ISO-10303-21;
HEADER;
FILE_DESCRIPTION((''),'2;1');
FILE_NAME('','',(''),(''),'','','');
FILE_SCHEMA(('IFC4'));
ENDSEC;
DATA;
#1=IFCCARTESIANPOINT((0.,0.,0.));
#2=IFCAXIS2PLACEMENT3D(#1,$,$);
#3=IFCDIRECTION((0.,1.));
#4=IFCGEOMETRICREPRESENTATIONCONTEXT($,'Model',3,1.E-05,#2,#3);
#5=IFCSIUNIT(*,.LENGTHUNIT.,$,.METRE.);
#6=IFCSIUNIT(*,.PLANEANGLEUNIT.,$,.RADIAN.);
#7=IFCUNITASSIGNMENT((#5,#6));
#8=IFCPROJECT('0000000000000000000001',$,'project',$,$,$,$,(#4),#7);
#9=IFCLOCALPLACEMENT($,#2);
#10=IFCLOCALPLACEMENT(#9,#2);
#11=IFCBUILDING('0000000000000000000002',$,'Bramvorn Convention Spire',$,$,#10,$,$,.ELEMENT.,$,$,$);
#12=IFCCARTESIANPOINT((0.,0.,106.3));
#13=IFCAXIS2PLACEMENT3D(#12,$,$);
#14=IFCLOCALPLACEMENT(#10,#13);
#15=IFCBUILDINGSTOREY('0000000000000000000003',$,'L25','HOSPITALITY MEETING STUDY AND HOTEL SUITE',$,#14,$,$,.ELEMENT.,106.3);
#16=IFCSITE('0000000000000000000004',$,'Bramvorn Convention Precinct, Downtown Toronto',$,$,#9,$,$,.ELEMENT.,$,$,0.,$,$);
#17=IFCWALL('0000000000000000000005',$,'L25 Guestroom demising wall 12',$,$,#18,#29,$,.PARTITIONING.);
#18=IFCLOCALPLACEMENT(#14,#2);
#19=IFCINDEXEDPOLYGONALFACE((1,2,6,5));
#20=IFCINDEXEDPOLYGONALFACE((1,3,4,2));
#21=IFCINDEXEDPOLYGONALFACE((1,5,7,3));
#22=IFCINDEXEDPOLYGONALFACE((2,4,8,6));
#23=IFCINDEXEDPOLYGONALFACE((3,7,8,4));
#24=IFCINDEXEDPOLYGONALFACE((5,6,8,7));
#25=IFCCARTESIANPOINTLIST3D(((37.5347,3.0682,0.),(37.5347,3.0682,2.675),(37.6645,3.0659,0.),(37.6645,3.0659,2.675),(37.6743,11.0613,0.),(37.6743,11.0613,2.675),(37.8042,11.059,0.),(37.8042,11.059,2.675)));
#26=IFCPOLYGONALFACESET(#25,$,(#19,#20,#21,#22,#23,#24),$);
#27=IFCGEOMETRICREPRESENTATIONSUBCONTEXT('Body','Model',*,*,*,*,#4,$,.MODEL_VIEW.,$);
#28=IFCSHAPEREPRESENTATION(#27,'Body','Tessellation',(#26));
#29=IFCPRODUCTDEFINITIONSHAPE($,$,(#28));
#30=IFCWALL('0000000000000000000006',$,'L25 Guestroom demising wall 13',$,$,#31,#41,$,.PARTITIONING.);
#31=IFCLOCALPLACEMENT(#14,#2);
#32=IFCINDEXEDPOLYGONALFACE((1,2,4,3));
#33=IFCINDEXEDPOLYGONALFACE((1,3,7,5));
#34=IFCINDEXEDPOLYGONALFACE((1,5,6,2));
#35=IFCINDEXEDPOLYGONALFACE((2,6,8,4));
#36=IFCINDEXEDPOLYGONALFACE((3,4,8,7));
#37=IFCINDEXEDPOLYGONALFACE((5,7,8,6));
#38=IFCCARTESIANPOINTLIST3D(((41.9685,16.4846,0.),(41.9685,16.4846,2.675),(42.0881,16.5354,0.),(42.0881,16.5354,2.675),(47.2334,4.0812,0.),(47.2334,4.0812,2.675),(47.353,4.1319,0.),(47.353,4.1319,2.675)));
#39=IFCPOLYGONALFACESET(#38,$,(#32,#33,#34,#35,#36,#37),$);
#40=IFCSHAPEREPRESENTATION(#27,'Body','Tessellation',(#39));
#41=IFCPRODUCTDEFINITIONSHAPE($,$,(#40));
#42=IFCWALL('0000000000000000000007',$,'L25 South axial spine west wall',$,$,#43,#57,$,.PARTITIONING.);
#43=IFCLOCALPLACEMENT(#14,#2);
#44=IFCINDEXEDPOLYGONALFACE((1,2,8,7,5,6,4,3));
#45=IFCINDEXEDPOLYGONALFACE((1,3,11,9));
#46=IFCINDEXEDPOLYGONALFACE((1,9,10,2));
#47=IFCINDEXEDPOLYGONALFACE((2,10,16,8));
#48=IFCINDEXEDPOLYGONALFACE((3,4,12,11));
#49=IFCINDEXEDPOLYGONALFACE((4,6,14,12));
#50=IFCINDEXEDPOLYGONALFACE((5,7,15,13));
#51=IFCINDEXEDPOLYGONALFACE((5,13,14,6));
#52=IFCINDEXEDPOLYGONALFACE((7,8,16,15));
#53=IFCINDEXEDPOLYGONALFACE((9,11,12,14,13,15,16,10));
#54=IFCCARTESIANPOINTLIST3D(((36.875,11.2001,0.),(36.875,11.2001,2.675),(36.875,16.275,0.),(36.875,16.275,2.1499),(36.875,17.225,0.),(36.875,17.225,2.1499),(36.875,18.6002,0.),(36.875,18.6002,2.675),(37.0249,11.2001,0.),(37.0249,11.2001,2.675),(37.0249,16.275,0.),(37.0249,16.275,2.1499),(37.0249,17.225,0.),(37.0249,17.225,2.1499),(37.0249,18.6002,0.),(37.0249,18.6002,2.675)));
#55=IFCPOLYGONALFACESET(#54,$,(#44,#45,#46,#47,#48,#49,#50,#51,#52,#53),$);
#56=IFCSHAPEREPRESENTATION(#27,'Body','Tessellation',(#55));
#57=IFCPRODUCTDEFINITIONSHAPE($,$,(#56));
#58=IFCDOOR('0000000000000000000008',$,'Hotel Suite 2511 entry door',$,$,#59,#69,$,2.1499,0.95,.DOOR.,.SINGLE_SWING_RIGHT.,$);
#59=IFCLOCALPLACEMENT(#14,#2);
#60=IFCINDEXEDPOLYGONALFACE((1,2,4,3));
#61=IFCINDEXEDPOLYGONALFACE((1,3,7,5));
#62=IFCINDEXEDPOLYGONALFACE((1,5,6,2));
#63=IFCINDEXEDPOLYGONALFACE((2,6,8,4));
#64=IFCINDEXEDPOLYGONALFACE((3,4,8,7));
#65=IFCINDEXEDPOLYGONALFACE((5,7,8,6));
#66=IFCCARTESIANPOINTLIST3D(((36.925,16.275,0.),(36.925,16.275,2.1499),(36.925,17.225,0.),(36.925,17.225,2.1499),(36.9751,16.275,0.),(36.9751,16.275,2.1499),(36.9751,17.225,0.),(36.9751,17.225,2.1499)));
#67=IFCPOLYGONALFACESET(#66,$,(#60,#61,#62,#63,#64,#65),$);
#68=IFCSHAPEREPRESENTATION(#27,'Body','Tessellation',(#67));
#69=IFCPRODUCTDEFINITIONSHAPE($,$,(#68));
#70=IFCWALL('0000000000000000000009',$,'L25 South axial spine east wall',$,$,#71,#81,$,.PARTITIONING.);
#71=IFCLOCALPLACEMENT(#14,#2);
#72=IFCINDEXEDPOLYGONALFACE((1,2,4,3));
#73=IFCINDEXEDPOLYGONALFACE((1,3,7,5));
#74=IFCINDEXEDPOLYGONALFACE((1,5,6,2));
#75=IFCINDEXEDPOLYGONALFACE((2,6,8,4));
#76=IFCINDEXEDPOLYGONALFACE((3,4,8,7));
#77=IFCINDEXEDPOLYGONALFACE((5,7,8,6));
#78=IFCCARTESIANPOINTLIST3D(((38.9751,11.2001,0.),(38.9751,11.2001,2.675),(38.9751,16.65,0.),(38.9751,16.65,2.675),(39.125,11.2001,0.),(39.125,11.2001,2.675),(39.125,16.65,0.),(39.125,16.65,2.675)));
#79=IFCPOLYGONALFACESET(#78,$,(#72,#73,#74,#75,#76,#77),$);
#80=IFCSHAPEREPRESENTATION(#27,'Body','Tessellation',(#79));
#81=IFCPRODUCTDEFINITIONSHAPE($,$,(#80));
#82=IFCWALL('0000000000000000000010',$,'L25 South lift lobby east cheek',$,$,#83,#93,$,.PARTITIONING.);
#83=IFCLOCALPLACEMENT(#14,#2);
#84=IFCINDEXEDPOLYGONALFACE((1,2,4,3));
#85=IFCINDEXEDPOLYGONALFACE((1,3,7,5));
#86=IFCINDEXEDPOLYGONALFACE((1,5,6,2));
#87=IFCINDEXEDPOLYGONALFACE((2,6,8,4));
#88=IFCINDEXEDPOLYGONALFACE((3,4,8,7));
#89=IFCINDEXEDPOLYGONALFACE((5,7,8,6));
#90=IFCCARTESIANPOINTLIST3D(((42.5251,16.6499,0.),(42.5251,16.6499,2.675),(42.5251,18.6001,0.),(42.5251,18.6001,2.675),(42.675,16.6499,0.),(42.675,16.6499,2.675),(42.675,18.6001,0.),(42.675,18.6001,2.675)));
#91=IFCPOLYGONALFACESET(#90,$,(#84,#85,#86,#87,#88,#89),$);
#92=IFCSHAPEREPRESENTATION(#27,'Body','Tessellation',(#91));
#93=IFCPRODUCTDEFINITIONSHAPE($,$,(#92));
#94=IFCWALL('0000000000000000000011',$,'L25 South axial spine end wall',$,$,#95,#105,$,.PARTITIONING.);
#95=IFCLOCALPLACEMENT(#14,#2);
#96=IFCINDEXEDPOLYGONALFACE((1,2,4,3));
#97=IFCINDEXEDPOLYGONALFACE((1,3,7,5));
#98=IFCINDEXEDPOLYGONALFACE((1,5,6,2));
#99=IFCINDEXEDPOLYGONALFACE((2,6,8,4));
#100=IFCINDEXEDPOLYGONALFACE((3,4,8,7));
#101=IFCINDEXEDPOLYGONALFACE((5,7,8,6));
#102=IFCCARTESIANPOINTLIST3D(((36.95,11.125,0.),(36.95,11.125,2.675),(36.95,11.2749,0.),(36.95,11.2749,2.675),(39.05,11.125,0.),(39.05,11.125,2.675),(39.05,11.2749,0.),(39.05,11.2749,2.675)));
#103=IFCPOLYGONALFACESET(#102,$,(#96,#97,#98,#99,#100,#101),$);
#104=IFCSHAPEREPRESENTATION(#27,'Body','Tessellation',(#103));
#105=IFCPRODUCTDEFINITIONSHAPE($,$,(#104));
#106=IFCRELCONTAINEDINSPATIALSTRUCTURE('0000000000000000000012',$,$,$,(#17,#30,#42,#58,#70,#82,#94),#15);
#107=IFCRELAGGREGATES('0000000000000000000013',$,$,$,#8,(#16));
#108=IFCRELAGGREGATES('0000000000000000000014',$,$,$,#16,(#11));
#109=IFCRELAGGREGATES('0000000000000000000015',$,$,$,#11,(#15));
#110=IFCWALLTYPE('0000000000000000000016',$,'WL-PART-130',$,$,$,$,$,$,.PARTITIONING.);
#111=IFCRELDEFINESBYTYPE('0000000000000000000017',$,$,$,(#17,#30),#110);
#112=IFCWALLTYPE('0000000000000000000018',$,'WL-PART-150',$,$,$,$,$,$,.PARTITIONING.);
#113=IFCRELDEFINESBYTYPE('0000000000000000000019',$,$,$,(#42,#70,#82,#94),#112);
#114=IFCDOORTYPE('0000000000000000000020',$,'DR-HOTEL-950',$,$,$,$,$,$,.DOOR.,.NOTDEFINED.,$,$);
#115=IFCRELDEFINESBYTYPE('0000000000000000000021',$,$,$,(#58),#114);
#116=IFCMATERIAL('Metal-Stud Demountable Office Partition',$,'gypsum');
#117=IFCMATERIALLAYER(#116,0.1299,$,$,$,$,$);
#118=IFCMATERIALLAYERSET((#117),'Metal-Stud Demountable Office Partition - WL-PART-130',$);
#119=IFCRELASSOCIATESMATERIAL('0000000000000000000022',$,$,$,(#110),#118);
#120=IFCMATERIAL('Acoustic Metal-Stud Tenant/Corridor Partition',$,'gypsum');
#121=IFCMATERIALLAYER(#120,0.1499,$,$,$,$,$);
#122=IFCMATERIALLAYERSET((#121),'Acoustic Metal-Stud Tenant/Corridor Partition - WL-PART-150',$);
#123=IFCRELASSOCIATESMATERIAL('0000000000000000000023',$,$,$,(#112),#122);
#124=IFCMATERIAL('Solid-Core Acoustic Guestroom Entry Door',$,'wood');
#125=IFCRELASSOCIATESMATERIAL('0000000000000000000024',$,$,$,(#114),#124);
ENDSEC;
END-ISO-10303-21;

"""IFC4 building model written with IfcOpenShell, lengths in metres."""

from ifc_helpers import new_model, si_unit, direction, frame, frame_2d, origin, place, context, subcontext, project, spatial, rectangle, extrude, material, layer, layer_set, type_object, element, fill, save


model = new_model("IFC4")

# Units and contexts
model_context = context("Model", 3, precision=1e-05, world=origin(), true_north=direction((0.0, 1.0)))
body_context = subcontext(model_context, "Body", "Model", "MODEL_VIEW")
ifc_project = project(units=[si_unit("LENGTHUNIT", "METRE"), si_unit("PLANEANGLEUNIT", "RADIAN")], contexts=[model_context])

# Site, building, storey
site_placement = place(None, origin())
site = spatial("IfcSite", under=ifc_project, at=site_placement, Name="Bramvorn Convention Precinct, Downtown Toronto", CompositionType="ELEMENT", RefElevation=0.0)
building_placement = place(site_placement, origin())
building = spatial("IfcBuilding", under=site, at=building_placement, Name="Bramvorn Convention Spire", CompositionType="ELEMENT")
storey_placement = place(building_placement, frame((0.0, 0.0, 106.3)))
storey = spatial("IfcBuildingStorey", under=building, at=storey_placement, Name="L25", Description="HOSPITALITY MEETING STUDY AND HOTEL SUITE", CompositionType="ELEMENT", Elevation=106.3)

# Walls
ifc_material_1 = material(Name="Metal-Stud Demountable Office Partition", Category="gypsum")
ifc_layer_1 = layer(ifc_material_1, 0.1299)
ifc_layer_set_1 = layer_set([ifc_layer_1], Name="Metal-Stud Demountable Office Partition - WL-PART-130")
wall_type_1 = type_object("IfcWallType", Name="WL-PART-130", PredefinedType="PARTITIONING", material=ifc_layer_set_1)
wall_1_placement = place(storey_placement, frame((37.7393, 11.0601, 0.0), z_axis=(0.0, 0.0, 1.0), x_axis=(-0.017468, -0.999847, 0.0)))
element("IfcWall", 1, at=wall_1_placement, inside=storey, type_object=wall_type_1, Name="L25 Guestroom demising wall 12", PredefinedType="PARTITIONING", context=body_context, shape_type="SweptSolid", body=[
    extrude(rectangle(XDim=7.9944, YDim=0.1299, at=frame_2d((3.9971, 0.0))), origin(), (0.0, 0.0, 1.0), 2.675),
])
wall_2_placement = place(storey_placement, frame((42.0283, 16.51, 0.0), z_axis=(0.0, 0.0, 1.0), x_axis=(0.390724, -0.920508, 0.0)))
element("IfcWall", 2, at=wall_2_placement, inside=storey, type_object=wall_type_1, Name="L25 Guestroom demising wall 13", PredefinedType="PARTITIONING", context=body_context, shape_type="SweptSolid", body=[
    extrude(rectangle(XDim=13.4746, YDim=0.1299, at=frame_2d((6.7373, 0.0))), origin(), (0.0, 0.0, 1.0), 2.675),
])

# Wall, opening, door
ifc_material_2 = material(Name="Acoustic Metal-Stud Tenant/Corridor Partition", Category="gypsum")
ifc_layer_2 = layer(ifc_material_2, 0.1499)
ifc_layer_set_2 = layer_set([ifc_layer_2], Name="Acoustic Metal-Stud Tenant/Corridor Partition - WL-PART-150")
wall_type_2 = type_object("IfcWallType", Name="WL-PART-150", PredefinedType="PARTITIONING", material=ifc_layer_set_2)
wall_3_placement = place(storey_placement, frame((36.95, 11.2, 0.0), z_axis=(0.0, 0.0, 1.0), x_axis=(0.0, 1.0, 0.0)))
wall_3 = element("IfcWall", 3, at=wall_3_placement, inside=storey, type_object=wall_type_2, Name="L25 South axial spine west wall", PredefinedType="PARTITIONING", context=body_context, shape_type="SweptSolid", body=[
    extrude(rectangle(XDim=7.4001, YDim=0.1499, at=frame_2d((3.7002, 0.0))), origin(), (0.0, 0.0, 1.0), 2.675),
])
opening_1_placement = place(wall_3_placement, frame((5.075, 0.0, 0.0)))
opening_1 = element("IfcOpeningElement", 4, at=opening_1_placement, cuts=wall_3, PredefinedType="OPENING", context=body_context, shape_type="SweptSolid", body=[
    extrude(rectangle(XDim=0.95, YDim=2.1499, at=frame_2d((0.4751, 1.075))), frame((0.0, 0.085, 0.0), z_axis=(0.0, -1.0, 0.0), x_axis=(1.0, 0.0, 0.0)), (0.0, 0.0, 1.0), 0.1699),
])
ifc_material_3 = material(Name="Solid-Core Acoustic Guestroom Entry Door", Category="wood")
door_type_1 = type_object("IfcDoorType", Name="DR-HOTEL-950", OperationType="NOTDEFINED", PredefinedType="DOOR", material=ifc_material_3)
door_1_placement = place(opening_1_placement, origin())
door_1 = element("IfcDoor", 5, at=door_1_placement, inside=storey, type_object=door_type_1, Name="Hotel Suite 2511 entry door", OperationType="SINGLE_SWING_RIGHT", OverallHeight=2.1499, OverallWidth=0.95, PredefinedType="DOOR", context=body_context, shape_type="SweptSolid", body=[
    extrude(rectangle(XDim=0.95, YDim=2.1499, at=frame_2d((0.4751, 1.075))), frame((0.0, 0.0249, 0.0), z_axis=(0.0, -1.0, 0.0), x_axis=(1.0, 0.0, 0.0)), (0.0, 0.0, 1.0), 0.05),
])
fill(opening_1, door_1)

# Wall
wall_4_placement = place(storey_placement, frame((39.05, 11.2, 0.0), z_axis=(0.0, 0.0, 1.0), x_axis=(0.0, 1.0, 0.0)))
element("IfcWall", 6, at=wall_4_placement, inside=storey, type_object=wall_type_2, Name="L25 South axial spine east wall", PredefinedType="PARTITIONING", context=body_context, shape_type="SweptSolid", body=[
    extrude(rectangle(XDim=5.45, YDim=0.1499, at=frame_2d((2.7251, 0.0))), origin(), (0.0, 0.0, 1.0), 2.675),
])

# Walls
wall_5_placement = place(storey_placement, frame((42.6001, 16.6499, 0.0), z_axis=(0.0, 0.0, 1.0), x_axis=(0.0, 1.0, 0.0)))
element("IfcWall", 7, at=wall_5_placement, inside=storey, type_object=wall_type_2, Name="L25 South lift lobby east cheek", PredefinedType="PARTITIONING", context=body_context, shape_type="SweptSolid", body=[
    extrude(rectangle(XDim=1.9502, YDim=0.1499, at=frame_2d((0.9751, 0.0))), origin(), (0.0, 0.0, 1.0), 2.675),
])
wall_6_placement = place(storey_placement, frame((36.95, 11.2, 0.0), z_axis=(0.0, 0.0, 1.0), x_axis=(1.0, 0.0, 0.0)))
element("IfcWall", 8, at=wall_6_placement, inside=storey, type_object=wall_type_2, Name="L25 South axial spine end wall", PredefinedType="PARTITIONING", context=body_context, shape_type="SweptSolid", body=[
    extrude(rectangle(XDim=2.1001, YDim=0.1499, at=frame_2d((1.05, 0.0))), origin(), (0.0, 0.0, 1.0), 2.675),
])

save(model, "model.ifc")
